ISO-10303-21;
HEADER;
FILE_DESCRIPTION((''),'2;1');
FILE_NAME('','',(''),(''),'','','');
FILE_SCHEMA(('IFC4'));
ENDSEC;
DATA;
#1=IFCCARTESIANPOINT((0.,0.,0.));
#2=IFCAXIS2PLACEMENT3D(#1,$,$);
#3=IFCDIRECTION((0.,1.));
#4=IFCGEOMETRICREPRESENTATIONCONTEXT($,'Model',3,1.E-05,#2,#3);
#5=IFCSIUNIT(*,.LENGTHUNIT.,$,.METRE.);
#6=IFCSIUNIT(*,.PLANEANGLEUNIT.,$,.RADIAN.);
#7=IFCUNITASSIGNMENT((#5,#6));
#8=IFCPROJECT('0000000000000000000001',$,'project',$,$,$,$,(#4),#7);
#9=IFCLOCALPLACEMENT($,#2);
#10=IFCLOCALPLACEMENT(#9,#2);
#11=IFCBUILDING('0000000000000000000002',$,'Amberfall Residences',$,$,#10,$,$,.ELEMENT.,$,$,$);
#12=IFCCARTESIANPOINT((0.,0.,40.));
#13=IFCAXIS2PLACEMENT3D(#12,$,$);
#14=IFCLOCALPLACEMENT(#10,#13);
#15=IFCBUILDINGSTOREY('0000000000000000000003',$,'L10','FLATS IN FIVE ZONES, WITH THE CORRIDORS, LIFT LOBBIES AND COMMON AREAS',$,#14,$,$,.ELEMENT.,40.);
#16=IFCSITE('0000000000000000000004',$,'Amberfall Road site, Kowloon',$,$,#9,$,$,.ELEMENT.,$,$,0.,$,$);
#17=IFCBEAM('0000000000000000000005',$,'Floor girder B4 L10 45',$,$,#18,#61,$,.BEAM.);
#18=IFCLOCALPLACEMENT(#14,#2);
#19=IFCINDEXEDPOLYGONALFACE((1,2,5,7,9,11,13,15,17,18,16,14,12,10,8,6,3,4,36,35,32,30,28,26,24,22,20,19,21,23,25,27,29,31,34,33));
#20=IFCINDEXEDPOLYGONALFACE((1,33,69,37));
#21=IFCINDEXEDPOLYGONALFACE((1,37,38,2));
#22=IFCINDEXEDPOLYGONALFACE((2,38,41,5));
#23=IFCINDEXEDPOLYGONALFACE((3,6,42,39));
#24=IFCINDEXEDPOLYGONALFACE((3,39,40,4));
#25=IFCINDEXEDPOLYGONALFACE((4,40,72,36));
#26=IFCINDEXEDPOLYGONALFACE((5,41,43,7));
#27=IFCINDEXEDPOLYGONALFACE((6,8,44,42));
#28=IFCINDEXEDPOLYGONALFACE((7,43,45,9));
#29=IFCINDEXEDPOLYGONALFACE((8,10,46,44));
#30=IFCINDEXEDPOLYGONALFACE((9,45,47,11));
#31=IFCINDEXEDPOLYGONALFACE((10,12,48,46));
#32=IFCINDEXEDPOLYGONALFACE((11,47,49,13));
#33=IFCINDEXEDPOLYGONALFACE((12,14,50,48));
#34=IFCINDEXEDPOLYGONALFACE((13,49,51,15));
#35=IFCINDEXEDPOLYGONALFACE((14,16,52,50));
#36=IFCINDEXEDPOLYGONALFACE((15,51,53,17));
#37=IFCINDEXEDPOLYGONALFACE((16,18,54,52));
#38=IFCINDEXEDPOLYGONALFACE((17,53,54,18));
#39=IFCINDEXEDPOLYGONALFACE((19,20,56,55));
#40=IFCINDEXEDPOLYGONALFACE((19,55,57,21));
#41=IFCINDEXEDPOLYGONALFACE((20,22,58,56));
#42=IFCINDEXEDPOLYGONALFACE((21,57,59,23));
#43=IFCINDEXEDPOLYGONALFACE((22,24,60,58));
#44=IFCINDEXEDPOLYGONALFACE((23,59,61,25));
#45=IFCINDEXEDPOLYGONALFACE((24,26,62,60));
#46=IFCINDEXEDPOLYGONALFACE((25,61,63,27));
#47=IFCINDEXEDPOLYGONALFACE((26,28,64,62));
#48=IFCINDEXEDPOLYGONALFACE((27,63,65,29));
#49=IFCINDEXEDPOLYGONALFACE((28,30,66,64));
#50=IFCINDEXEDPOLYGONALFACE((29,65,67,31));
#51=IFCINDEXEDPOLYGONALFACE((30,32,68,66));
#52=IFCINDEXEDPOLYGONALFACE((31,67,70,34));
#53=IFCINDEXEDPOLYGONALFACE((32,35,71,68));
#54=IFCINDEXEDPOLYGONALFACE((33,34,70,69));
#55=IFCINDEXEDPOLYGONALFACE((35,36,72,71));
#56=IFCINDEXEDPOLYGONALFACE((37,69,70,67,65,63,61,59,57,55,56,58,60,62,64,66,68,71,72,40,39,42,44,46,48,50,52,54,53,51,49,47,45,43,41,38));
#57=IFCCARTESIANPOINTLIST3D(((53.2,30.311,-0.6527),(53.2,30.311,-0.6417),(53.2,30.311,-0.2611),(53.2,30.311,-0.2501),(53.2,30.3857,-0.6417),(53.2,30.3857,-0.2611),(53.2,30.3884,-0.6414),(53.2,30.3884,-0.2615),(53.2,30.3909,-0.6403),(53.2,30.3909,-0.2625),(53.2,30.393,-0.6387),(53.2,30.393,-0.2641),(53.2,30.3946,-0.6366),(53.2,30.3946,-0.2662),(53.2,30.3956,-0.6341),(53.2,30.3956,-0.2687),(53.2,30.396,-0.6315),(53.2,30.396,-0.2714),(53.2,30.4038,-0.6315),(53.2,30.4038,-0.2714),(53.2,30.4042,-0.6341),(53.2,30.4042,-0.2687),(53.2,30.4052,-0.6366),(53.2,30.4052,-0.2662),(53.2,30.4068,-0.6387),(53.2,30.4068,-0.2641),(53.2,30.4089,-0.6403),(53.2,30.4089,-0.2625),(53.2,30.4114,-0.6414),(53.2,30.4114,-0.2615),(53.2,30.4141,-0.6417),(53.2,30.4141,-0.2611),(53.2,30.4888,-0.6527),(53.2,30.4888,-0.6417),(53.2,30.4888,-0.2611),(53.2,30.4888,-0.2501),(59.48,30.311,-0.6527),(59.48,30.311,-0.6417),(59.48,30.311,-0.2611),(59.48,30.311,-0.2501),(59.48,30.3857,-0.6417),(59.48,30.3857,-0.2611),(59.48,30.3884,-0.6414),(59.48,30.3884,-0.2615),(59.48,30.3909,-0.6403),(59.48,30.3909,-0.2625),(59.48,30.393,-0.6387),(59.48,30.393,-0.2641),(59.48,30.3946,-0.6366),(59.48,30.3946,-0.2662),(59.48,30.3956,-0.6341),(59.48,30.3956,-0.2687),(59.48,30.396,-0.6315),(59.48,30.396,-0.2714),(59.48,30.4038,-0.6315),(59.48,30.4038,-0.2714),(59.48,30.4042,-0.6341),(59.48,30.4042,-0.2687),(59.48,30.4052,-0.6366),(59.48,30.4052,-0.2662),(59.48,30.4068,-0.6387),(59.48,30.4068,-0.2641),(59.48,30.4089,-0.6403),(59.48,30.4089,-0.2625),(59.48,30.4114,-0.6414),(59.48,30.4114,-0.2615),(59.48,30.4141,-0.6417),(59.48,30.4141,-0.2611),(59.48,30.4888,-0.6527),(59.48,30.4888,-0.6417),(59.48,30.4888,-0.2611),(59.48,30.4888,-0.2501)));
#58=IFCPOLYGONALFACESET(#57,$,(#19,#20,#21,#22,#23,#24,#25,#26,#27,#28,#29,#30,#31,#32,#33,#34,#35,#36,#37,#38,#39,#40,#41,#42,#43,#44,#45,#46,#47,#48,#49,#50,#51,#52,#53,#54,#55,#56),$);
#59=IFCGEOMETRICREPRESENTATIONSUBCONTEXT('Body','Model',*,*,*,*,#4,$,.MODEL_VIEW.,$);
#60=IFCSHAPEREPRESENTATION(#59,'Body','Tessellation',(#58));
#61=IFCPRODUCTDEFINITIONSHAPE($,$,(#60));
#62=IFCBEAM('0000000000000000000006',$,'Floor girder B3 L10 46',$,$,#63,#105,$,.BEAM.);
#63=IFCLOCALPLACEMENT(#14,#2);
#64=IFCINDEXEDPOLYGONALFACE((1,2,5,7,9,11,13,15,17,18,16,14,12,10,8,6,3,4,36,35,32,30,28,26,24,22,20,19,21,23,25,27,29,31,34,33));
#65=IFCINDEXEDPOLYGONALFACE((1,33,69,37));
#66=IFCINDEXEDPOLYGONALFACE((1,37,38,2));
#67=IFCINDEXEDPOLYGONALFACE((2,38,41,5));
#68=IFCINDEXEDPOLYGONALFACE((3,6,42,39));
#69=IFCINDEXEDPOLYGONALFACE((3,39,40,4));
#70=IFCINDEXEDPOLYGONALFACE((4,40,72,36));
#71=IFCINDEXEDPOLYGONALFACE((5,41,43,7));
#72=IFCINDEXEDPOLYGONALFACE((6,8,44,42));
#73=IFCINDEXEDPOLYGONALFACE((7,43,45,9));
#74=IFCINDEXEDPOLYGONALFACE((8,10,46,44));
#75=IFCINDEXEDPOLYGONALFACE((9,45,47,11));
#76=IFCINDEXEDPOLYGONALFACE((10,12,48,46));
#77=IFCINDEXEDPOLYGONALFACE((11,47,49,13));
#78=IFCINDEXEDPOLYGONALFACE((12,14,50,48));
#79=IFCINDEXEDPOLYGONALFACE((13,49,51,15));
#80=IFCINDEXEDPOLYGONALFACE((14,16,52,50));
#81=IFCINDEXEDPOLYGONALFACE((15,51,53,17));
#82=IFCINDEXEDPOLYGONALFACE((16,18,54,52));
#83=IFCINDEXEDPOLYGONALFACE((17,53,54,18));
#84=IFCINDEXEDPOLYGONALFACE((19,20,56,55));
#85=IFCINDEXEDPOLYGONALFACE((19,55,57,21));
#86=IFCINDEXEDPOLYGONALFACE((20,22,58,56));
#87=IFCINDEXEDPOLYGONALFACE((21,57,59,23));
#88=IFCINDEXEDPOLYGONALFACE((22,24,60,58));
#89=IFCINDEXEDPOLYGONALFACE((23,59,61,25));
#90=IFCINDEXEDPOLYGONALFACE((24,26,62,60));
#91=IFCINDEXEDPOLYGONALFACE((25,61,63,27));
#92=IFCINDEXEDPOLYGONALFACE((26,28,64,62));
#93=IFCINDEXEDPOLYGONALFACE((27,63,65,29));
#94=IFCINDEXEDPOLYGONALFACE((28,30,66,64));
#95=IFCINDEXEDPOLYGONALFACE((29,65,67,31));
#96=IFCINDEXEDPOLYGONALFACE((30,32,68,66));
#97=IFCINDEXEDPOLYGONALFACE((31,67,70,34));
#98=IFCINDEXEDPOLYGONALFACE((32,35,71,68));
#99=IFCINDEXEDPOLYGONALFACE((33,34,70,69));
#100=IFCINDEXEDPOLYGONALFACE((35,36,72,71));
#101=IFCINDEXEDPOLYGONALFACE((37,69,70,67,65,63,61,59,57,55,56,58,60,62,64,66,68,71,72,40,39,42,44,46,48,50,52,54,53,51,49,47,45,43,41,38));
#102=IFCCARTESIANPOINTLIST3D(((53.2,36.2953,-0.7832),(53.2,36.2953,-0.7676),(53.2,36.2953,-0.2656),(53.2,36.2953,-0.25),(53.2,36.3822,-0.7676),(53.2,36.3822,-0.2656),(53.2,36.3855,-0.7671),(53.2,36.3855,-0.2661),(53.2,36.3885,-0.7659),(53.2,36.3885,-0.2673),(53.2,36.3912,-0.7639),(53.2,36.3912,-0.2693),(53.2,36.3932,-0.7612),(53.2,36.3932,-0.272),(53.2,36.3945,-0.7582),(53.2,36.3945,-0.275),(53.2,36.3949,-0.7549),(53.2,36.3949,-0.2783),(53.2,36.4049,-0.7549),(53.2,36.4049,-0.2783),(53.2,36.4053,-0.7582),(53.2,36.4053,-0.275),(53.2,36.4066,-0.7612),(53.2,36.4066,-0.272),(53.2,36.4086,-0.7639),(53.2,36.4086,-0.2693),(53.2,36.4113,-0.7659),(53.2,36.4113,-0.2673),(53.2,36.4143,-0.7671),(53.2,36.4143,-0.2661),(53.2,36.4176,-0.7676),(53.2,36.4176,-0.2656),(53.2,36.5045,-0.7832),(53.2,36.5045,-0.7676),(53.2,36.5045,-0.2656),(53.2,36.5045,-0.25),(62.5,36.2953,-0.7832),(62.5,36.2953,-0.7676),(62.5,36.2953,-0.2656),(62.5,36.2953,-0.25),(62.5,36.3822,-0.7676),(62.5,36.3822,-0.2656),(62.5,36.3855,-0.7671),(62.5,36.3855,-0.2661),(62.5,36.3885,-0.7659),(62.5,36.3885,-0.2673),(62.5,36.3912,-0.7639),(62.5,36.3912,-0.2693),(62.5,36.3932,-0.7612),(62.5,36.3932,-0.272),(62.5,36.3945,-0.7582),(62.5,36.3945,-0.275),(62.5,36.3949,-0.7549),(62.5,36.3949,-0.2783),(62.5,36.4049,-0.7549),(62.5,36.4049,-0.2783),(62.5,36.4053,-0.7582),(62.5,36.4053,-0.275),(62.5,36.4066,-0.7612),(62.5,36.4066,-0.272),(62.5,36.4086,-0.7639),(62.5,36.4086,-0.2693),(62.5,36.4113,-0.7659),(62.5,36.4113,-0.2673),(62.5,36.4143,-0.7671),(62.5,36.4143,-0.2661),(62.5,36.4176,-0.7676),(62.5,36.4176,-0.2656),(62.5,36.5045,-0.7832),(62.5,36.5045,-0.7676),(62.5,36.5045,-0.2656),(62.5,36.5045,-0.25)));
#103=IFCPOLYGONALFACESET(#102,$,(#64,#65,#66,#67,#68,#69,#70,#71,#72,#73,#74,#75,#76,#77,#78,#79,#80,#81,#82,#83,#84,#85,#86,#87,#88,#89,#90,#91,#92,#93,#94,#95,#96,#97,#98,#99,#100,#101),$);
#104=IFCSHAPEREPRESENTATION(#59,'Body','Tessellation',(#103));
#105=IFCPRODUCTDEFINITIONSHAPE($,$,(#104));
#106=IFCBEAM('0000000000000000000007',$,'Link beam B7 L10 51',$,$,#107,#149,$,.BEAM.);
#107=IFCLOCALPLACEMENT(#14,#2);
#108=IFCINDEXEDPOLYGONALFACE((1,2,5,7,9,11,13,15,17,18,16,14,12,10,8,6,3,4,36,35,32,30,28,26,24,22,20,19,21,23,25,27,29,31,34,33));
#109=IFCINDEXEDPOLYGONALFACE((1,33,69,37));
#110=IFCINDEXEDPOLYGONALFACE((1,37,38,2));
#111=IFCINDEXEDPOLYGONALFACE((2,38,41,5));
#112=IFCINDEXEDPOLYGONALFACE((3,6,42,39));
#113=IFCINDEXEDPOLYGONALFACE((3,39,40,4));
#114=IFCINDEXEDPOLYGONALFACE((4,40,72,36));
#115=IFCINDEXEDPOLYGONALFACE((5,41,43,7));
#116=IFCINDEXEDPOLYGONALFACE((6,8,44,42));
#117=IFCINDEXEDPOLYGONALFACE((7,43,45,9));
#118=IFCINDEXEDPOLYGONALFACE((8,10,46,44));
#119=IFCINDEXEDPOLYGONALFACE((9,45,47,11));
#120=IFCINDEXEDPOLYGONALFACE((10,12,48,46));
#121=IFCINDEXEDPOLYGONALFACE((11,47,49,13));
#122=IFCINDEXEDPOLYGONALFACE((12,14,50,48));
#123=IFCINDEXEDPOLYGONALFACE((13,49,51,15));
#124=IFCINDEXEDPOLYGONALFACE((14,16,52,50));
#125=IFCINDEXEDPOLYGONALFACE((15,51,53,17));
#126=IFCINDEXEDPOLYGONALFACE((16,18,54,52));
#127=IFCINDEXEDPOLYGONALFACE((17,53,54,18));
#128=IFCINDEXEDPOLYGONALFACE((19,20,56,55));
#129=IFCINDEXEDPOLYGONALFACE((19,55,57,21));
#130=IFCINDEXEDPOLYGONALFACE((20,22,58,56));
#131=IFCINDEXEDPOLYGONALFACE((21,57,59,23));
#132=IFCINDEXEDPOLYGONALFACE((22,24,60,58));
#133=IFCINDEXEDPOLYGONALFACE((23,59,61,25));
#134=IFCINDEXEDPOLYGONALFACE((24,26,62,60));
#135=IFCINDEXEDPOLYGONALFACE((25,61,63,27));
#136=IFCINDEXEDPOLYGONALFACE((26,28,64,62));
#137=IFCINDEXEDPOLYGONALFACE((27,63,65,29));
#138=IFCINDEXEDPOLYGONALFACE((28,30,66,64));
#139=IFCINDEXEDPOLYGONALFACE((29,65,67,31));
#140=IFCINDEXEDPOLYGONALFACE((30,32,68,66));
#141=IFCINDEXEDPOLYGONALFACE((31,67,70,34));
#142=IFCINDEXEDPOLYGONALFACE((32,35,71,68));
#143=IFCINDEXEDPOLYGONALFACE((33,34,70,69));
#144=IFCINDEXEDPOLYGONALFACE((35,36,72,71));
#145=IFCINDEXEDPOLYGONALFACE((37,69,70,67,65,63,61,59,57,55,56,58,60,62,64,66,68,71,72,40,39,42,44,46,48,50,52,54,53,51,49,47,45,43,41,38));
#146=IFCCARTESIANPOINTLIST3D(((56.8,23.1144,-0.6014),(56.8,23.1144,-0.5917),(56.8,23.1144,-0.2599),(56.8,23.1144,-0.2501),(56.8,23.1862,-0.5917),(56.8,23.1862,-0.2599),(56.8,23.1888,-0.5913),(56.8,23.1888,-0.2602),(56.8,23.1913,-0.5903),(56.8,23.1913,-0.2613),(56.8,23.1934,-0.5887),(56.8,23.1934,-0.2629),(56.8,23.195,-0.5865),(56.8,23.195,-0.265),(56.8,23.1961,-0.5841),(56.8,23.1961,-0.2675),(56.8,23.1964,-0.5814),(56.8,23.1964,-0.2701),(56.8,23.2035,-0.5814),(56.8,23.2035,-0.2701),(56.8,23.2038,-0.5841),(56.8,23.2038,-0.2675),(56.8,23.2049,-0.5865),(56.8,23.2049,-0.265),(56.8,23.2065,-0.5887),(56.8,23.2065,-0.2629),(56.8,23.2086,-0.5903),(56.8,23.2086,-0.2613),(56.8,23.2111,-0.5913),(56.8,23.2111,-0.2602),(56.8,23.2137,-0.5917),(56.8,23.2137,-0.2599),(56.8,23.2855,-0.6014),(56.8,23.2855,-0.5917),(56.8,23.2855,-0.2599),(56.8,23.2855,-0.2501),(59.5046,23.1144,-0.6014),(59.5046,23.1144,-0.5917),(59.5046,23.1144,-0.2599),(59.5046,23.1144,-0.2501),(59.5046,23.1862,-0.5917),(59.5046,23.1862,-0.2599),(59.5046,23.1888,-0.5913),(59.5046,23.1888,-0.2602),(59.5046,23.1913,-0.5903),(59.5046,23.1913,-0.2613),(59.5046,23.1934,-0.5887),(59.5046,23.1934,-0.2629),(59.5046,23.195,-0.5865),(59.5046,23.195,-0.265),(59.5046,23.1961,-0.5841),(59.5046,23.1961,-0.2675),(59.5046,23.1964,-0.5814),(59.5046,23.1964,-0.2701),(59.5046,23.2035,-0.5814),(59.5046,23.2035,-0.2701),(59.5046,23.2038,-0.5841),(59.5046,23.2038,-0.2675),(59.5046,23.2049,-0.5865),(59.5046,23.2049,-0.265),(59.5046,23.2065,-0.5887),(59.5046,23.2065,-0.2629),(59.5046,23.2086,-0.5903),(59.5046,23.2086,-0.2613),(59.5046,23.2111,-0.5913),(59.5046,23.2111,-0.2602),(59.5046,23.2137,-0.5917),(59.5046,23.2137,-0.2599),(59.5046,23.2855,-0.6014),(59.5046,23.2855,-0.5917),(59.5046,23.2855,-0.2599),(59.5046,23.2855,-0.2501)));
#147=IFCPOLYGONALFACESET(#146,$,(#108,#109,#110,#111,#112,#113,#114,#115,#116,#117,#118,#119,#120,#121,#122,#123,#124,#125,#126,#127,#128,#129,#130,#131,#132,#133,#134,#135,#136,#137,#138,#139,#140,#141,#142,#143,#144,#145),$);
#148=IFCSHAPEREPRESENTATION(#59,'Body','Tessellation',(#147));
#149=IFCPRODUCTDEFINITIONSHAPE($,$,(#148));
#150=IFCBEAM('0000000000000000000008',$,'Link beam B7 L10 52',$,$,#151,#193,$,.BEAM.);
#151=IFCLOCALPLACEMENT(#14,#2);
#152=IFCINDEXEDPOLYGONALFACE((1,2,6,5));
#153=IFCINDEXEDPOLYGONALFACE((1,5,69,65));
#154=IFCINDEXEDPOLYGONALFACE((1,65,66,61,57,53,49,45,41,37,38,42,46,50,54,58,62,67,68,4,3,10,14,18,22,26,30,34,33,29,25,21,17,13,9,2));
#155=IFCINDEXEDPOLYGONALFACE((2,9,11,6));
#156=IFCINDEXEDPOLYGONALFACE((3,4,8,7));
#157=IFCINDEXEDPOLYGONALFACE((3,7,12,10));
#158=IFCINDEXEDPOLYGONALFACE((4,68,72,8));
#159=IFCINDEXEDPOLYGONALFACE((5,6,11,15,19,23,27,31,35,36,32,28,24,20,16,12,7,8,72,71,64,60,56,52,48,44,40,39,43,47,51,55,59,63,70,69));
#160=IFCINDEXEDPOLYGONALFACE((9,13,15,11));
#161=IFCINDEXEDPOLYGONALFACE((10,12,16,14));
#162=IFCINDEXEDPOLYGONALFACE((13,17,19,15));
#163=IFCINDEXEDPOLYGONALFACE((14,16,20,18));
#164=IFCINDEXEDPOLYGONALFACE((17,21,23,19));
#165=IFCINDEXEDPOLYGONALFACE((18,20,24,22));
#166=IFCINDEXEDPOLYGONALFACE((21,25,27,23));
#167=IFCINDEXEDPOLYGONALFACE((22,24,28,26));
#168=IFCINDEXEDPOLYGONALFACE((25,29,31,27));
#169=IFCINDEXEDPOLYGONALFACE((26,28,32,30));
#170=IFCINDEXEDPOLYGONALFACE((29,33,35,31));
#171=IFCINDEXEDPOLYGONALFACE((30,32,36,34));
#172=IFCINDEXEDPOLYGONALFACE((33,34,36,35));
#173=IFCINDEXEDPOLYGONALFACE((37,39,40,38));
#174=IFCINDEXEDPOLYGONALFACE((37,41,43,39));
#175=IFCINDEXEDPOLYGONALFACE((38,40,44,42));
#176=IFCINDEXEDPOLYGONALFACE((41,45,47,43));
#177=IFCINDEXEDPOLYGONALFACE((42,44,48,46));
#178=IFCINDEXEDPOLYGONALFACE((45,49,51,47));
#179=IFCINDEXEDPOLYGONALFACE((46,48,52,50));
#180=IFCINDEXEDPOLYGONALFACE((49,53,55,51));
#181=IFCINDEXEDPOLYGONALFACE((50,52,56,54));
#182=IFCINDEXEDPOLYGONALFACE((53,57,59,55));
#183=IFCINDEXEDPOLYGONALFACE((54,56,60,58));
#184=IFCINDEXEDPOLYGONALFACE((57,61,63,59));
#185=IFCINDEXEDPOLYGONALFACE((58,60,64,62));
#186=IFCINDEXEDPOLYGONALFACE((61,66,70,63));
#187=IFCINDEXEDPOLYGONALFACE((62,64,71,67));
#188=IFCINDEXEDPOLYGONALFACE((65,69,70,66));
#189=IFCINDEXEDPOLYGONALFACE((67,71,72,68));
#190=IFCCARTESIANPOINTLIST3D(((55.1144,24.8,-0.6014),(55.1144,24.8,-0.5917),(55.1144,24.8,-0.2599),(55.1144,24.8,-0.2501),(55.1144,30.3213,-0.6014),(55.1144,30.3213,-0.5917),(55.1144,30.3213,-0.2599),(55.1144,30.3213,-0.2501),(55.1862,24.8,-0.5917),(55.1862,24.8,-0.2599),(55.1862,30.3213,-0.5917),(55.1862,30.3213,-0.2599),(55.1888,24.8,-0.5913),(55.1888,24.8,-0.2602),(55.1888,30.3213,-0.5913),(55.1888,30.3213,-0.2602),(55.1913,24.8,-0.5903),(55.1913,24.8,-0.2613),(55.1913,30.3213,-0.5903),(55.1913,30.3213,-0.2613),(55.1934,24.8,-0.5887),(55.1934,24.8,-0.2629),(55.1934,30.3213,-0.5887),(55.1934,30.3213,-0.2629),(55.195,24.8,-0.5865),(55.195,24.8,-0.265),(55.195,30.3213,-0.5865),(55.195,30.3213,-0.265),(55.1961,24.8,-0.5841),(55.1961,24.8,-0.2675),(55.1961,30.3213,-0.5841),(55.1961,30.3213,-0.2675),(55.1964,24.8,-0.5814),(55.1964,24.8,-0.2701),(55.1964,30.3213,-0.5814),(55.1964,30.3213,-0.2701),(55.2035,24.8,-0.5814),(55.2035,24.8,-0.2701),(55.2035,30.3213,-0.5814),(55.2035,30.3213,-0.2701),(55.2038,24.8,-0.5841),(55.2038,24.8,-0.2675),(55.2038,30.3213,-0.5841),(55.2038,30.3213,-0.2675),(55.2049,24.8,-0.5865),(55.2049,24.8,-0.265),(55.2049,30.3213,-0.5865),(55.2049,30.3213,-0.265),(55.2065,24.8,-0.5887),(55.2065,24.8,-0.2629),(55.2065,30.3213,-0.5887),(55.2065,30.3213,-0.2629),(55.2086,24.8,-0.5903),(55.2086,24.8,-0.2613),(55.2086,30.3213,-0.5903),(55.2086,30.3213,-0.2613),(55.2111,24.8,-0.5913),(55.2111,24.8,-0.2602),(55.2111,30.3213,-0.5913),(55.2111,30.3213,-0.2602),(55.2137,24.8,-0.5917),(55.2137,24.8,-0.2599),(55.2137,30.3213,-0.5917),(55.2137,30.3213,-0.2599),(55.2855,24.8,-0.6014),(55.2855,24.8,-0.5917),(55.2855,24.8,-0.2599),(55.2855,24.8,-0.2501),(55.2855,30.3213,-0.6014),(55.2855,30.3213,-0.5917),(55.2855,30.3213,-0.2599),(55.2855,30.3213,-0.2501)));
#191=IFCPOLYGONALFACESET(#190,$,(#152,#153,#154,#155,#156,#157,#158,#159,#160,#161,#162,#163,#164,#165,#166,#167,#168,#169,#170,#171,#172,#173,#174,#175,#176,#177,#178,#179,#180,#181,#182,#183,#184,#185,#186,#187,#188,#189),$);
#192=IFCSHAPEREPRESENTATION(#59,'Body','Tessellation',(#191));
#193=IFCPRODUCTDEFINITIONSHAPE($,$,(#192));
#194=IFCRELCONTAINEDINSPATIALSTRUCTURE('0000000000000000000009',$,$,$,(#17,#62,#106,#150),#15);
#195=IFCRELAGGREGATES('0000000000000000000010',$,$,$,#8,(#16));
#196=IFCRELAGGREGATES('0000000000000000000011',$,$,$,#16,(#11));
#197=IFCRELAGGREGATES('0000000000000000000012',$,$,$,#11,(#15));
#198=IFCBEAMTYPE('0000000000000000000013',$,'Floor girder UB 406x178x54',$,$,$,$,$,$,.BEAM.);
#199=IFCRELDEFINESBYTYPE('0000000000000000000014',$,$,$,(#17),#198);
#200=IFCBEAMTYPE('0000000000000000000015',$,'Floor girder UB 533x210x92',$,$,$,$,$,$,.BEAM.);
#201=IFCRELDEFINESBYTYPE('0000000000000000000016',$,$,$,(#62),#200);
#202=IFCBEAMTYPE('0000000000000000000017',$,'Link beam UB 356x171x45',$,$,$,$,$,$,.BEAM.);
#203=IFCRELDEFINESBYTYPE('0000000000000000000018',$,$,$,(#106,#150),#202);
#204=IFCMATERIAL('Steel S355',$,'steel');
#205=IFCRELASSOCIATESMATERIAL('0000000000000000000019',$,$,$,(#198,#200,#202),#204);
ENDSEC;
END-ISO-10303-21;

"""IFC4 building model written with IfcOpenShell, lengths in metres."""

from ifc_helpers import new_model, si_unit, direction, frame, origin, origin_2d, place, context, subcontext, project, spatial, i_section, extrude, material, material_profile, profile_set, type_object, element, save


model = new_model("IFC4")

# Units and contexts
model_context = context("Model", 3, precision=1e-05, world=origin(), true_north=direction((0.0, 1.0)))
body_context = subcontext(model_context, "Body", "Model", "MODEL_VIEW")
ifc_project = project(units=[si_unit("LENGTHUNIT", "METRE"), si_unit("PLANEANGLEUNIT", "RADIAN")], contexts=[model_context])

# Site, building, storey
site_placement = place(None, origin())
site = spatial("IfcSite", under=ifc_project, at=site_placement, Name="Amberfall Road site, Kowloon", CompositionType="ELEMENT", RefElevation=0.0)
building_placement = place(site_placement, origin())
building = spatial("IfcBuilding", under=site, at=building_placement, Name="Amberfall Residences", CompositionType="ELEMENT")
storey_placement = place(building_placement, frame((0.0, 0.0, 40.0)))
storey = spatial("IfcBuildingStorey", under=building, at=storey_placement, Name="L10", Description="FLATS IN FIVE ZONES, WITH THE CORRIDORS, LIFT LOBBIES AND COMMON AREAS", CompositionType="ELEMENT", Elevation=40.0)

# Beams
ifc_material_1 = material(Name="Steel S355", Category="steel")
ifc_material_profile_1 = material_profile(ifc_material_1, i_section(OverallWidth=0.1777, OverallDepth=0.4026, WebThickness=0.0078, FlangeThickness=0.011, FilletRadius=0.0103, at=origin_2d()), Name="UB 406x178x54")
ifc_profile_set_1 = profile_set([ifc_material_profile_1], Name="Steel S355")
beam_type_1 = type_object("IfcBeamType", Name="Floor girder UB 406x178x54", PredefinedType="BEAM", material=ifc_profile_set_1)
beam_1_placement = place(storey_placement, frame((53.2, 30.3999, -0.4514), z_axis=(1.0, 0.0, 0.0), x_axis=(0.0, 1.0, 0.0)))
element("IfcBeam", 1, at=beam_1_placement, inside=storey, type_object=beam_type_1, Name="Floor girder B4 L10 45", PredefinedType="BEAM", context=body_context, shape_type="SweptSolid", body=[
    extrude(i_section(OverallWidth=0.1777, OverallDepth=0.4026, WebThickness=0.0078, FlangeThickness=0.011, FilletRadius=0.0103, at=origin_2d()), origin(), (0.0, 0.0, 1.0), 6.28),
])
ifc_material_profile_2 = material_profile(ifc_material_1, i_section(OverallWidth=0.2092, OverallDepth=0.5332, WebThickness=0.01, FlangeThickness=0.0156, FilletRadius=0.0127, at=origin_2d()), Name="UB 533x210x92")
ifc_profile_set_2 = profile_set([ifc_material_profile_2], Name="Steel S355")
beam_type_2 = type_object("IfcBeamType", Name="Floor girder UB 533x210x92", PredefinedType="BEAM", material=ifc_profile_set_2)
beam_2_placement = place(storey_placement, frame((53.2, 36.3999, -0.5166), z_axis=(1.0, 0.0, 0.0), x_axis=(0.0, 1.0, 0.0)))
element("IfcBeam", 2, at=beam_2_placement, inside=storey, type_object=beam_type_2, Name="Floor girder B3 L10 46", PredefinedType="BEAM", context=body_context, shape_type="SweptSolid", body=[
    extrude(i_section(OverallWidth=0.2092, OverallDepth=0.5332, WebThickness=0.01, FlangeThickness=0.0156, FilletRadius=0.0127, at=origin_2d()), origin(), (0.0, 0.0, 1.0), 9.3),
])
ifc_material_profile_3 = material_profile(ifc_material_1, i_section(OverallWidth=0.1711, OverallDepth=0.3513, WebThickness=0.0071, FlangeThickness=0.0098, FilletRadius=0.0103, at=origin_2d()), Name="UB 356x171x45")
ifc_profile_set_3 = profile_set([ifc_material_profile_3], Name="Steel S355")
beam_type_3 = type_object("IfcBeamType", Name="Link beam UB 356x171x45", PredefinedType="BEAM", material=ifc_profile_set_3)
beam_3_placement = place(storey_placement, frame((56.8, 23.2, -0.4258), z_axis=(1.0, 0.0, 0.0), x_axis=(0.0, 1.0, 0.0)))
element("IfcBeam", 3, at=beam_3_placement, inside=storey, type_object=beam_type_3, Name="Link beam B7 L10 51", PredefinedType="BEAM", context=body_context, shape_type="SweptSolid", body=[
    extrude(i_section(OverallWidth=0.1711, OverallDepth=0.3513, WebThickness=0.0071, FlangeThickness=0.0098, FilletRadius=0.0103, at=origin_2d()), origin(), (0.0, 0.0, 1.0), 2.7046),
])
beam_4_placement = place(storey_placement, frame((55.2, 24.8, -0.4258), z_axis=(0.0, 1.0, 0.0), x_axis=(-1.0, 0.0, 0.0)))
element("IfcBeam", 4, at=beam_4_placement, inside=storey, type_object=beam_type_3, Name="Link beam B7 L10 52", PredefinedType="BEAM", context=body_context, shape_type="SweptSolid", body=[
    extrude(i_section(OverallWidth=0.1711, OverallDepth=0.3513, WebThickness=0.0071, FlangeThickness=0.0098, FilletRadius=0.0103, at=origin_2d()), origin(), (0.0, 0.0, 1.0), 5.5212),
])

save(model, "model.ifc")
